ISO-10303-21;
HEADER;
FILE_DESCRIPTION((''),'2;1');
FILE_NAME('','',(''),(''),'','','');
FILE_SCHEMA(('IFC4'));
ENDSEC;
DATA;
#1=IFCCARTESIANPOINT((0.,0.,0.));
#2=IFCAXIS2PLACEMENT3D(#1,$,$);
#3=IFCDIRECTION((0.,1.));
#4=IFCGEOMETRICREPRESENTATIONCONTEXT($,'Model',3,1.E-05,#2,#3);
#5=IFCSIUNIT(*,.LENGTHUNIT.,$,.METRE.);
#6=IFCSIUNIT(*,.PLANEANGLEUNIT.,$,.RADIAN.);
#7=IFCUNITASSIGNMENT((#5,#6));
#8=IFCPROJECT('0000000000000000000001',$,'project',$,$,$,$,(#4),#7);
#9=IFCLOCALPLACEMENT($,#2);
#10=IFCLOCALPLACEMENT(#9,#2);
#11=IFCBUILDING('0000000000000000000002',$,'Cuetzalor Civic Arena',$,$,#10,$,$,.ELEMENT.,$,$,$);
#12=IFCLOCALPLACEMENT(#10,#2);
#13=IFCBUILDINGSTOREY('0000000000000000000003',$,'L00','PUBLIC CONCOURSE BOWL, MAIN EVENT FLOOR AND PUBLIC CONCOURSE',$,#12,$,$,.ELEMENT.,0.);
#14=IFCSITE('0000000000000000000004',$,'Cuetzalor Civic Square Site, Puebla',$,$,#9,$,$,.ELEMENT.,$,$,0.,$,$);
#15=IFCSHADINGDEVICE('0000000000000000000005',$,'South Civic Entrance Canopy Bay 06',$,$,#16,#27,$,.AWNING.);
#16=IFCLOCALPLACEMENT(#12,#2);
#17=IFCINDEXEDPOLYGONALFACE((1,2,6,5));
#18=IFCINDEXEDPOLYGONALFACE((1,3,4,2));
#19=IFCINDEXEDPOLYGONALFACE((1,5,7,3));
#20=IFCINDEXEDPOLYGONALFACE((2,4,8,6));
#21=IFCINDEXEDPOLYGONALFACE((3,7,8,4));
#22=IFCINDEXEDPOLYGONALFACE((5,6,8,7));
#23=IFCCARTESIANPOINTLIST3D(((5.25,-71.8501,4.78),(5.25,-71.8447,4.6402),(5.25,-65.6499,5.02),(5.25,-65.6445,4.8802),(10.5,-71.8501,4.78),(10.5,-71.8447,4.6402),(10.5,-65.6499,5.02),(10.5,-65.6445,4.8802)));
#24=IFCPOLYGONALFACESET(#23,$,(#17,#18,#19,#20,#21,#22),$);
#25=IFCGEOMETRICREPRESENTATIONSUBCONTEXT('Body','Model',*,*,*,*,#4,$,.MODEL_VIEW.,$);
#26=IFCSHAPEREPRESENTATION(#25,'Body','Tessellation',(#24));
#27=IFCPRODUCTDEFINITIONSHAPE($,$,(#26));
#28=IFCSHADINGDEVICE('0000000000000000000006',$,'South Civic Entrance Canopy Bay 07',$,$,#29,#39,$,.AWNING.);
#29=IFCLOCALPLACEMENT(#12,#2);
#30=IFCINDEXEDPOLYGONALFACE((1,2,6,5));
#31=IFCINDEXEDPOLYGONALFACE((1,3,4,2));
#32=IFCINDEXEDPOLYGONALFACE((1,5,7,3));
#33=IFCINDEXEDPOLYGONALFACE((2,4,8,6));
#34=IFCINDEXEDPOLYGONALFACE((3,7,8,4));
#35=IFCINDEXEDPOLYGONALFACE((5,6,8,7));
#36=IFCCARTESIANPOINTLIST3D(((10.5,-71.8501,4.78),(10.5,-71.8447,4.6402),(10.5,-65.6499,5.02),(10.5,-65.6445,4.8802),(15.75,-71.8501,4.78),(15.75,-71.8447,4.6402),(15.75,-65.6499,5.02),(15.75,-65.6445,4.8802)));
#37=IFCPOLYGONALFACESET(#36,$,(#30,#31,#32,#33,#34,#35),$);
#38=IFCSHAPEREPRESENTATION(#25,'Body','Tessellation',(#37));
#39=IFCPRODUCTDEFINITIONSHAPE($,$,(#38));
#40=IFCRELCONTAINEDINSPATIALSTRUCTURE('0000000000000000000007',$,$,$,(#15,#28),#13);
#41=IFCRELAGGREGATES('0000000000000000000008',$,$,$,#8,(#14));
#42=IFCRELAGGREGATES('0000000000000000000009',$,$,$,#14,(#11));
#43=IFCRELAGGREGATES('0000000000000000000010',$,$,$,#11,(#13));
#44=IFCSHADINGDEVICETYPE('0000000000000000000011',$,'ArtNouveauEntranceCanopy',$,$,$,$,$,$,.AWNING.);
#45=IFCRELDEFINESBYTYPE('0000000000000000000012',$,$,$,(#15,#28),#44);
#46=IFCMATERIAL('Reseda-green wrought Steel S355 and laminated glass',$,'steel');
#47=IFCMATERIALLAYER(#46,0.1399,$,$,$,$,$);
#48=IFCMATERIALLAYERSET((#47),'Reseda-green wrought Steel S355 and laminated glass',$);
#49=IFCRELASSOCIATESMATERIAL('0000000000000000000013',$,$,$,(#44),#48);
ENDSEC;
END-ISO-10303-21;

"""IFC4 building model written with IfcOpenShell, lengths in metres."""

from ifc_helpers import new_model, si_unit, direction, frame, origin, place, context, subcontext, project, spatial, polyline, outline, extrude, material, layer, layer_set, type_object, element, save


model = new_model("IFC4")

# Units and contexts
model_context = context("Model", 3, precision=1e-05, world=origin(), true_north=direction((0.0, 1.0)))
body_context = subcontext(model_context, "Body", "Model", "MODEL_VIEW")
ifc_project = project(units=[si_unit("LENGTHUNIT", "METRE"), si_unit("PLANEANGLEUNIT", "RADIAN")], contexts=[model_context])

# Site, building, storey
site_placement = place(None, origin())
site = spatial("IfcSite", under=ifc_project, at=site_placement, Name="Cuetzalor Civic Square Site, Puebla", CompositionType="ELEMENT", RefElevation=0.0)
building_placement = place(site_placement, origin())
building = spatial("IfcBuilding", under=site, at=building_placement, Name="Cuetzalor Civic Arena", CompositionType="ELEMENT")
storey_placement = place(building_placement, origin())
storey = spatial("IfcBuildingStorey", under=building, at=storey_placement, Name="L00", Description="PUBLIC CONCOURSE BOWL, MAIN EVENT FLOOR AND PUBLIC CONCOURSE", CompositionType="ELEMENT", Elevation=0.0)

# Shading devices
ifc_material_1 = material(Name="Reseda-green wrought Steel S355 and laminated glass", Category="steel")
ifc_layer_1 = layer(ifc_material_1, 0.1399)
ifc_layer_set_1 = layer_set([ifc_layer_1], Name="Reseda-green wrought Steel S355 and laminated glass")
shading_device_type = type_object("IfcShadingDeviceType", Name="ArtNouveauEntranceCanopy", PredefinedType="AWNING", material=ifc_layer_set_1)
for number, where, z_axis, x_axis, name in (
    (1, (5.25, -65.6499, 5.02), (0.0, -0.038678, 0.999252), (1.0, 0.0, 0.0), "South Civic Entrance Canopy Bay 06"),
    (2, (10.5, -65.6499, 5.02), (0.0, -0.038678, 0.999252), (1.0, 0.0, 0.0), "South Civic Entrance Canopy Bay 07"),
):
    element("IfcShadingDevice", number, at=place(storey_placement, frame(where, z_axis=z_axis, x_axis=x_axis)), inside=storey, type_object=shading_device_type, Name=name, PredefinedType="AWNING", context=body_context, shape_type="SweptSolid", body=[
        extrude(outline(polyline([(0.0, 0.0), (5.25, 0.0), (5.25, -6.2048), (0.0, -6.2048), (0.0, 0.0)])), origin(), (0.0, 0.0, -1.0), 0.1399),
    ])

save(model, "model.ifc")
